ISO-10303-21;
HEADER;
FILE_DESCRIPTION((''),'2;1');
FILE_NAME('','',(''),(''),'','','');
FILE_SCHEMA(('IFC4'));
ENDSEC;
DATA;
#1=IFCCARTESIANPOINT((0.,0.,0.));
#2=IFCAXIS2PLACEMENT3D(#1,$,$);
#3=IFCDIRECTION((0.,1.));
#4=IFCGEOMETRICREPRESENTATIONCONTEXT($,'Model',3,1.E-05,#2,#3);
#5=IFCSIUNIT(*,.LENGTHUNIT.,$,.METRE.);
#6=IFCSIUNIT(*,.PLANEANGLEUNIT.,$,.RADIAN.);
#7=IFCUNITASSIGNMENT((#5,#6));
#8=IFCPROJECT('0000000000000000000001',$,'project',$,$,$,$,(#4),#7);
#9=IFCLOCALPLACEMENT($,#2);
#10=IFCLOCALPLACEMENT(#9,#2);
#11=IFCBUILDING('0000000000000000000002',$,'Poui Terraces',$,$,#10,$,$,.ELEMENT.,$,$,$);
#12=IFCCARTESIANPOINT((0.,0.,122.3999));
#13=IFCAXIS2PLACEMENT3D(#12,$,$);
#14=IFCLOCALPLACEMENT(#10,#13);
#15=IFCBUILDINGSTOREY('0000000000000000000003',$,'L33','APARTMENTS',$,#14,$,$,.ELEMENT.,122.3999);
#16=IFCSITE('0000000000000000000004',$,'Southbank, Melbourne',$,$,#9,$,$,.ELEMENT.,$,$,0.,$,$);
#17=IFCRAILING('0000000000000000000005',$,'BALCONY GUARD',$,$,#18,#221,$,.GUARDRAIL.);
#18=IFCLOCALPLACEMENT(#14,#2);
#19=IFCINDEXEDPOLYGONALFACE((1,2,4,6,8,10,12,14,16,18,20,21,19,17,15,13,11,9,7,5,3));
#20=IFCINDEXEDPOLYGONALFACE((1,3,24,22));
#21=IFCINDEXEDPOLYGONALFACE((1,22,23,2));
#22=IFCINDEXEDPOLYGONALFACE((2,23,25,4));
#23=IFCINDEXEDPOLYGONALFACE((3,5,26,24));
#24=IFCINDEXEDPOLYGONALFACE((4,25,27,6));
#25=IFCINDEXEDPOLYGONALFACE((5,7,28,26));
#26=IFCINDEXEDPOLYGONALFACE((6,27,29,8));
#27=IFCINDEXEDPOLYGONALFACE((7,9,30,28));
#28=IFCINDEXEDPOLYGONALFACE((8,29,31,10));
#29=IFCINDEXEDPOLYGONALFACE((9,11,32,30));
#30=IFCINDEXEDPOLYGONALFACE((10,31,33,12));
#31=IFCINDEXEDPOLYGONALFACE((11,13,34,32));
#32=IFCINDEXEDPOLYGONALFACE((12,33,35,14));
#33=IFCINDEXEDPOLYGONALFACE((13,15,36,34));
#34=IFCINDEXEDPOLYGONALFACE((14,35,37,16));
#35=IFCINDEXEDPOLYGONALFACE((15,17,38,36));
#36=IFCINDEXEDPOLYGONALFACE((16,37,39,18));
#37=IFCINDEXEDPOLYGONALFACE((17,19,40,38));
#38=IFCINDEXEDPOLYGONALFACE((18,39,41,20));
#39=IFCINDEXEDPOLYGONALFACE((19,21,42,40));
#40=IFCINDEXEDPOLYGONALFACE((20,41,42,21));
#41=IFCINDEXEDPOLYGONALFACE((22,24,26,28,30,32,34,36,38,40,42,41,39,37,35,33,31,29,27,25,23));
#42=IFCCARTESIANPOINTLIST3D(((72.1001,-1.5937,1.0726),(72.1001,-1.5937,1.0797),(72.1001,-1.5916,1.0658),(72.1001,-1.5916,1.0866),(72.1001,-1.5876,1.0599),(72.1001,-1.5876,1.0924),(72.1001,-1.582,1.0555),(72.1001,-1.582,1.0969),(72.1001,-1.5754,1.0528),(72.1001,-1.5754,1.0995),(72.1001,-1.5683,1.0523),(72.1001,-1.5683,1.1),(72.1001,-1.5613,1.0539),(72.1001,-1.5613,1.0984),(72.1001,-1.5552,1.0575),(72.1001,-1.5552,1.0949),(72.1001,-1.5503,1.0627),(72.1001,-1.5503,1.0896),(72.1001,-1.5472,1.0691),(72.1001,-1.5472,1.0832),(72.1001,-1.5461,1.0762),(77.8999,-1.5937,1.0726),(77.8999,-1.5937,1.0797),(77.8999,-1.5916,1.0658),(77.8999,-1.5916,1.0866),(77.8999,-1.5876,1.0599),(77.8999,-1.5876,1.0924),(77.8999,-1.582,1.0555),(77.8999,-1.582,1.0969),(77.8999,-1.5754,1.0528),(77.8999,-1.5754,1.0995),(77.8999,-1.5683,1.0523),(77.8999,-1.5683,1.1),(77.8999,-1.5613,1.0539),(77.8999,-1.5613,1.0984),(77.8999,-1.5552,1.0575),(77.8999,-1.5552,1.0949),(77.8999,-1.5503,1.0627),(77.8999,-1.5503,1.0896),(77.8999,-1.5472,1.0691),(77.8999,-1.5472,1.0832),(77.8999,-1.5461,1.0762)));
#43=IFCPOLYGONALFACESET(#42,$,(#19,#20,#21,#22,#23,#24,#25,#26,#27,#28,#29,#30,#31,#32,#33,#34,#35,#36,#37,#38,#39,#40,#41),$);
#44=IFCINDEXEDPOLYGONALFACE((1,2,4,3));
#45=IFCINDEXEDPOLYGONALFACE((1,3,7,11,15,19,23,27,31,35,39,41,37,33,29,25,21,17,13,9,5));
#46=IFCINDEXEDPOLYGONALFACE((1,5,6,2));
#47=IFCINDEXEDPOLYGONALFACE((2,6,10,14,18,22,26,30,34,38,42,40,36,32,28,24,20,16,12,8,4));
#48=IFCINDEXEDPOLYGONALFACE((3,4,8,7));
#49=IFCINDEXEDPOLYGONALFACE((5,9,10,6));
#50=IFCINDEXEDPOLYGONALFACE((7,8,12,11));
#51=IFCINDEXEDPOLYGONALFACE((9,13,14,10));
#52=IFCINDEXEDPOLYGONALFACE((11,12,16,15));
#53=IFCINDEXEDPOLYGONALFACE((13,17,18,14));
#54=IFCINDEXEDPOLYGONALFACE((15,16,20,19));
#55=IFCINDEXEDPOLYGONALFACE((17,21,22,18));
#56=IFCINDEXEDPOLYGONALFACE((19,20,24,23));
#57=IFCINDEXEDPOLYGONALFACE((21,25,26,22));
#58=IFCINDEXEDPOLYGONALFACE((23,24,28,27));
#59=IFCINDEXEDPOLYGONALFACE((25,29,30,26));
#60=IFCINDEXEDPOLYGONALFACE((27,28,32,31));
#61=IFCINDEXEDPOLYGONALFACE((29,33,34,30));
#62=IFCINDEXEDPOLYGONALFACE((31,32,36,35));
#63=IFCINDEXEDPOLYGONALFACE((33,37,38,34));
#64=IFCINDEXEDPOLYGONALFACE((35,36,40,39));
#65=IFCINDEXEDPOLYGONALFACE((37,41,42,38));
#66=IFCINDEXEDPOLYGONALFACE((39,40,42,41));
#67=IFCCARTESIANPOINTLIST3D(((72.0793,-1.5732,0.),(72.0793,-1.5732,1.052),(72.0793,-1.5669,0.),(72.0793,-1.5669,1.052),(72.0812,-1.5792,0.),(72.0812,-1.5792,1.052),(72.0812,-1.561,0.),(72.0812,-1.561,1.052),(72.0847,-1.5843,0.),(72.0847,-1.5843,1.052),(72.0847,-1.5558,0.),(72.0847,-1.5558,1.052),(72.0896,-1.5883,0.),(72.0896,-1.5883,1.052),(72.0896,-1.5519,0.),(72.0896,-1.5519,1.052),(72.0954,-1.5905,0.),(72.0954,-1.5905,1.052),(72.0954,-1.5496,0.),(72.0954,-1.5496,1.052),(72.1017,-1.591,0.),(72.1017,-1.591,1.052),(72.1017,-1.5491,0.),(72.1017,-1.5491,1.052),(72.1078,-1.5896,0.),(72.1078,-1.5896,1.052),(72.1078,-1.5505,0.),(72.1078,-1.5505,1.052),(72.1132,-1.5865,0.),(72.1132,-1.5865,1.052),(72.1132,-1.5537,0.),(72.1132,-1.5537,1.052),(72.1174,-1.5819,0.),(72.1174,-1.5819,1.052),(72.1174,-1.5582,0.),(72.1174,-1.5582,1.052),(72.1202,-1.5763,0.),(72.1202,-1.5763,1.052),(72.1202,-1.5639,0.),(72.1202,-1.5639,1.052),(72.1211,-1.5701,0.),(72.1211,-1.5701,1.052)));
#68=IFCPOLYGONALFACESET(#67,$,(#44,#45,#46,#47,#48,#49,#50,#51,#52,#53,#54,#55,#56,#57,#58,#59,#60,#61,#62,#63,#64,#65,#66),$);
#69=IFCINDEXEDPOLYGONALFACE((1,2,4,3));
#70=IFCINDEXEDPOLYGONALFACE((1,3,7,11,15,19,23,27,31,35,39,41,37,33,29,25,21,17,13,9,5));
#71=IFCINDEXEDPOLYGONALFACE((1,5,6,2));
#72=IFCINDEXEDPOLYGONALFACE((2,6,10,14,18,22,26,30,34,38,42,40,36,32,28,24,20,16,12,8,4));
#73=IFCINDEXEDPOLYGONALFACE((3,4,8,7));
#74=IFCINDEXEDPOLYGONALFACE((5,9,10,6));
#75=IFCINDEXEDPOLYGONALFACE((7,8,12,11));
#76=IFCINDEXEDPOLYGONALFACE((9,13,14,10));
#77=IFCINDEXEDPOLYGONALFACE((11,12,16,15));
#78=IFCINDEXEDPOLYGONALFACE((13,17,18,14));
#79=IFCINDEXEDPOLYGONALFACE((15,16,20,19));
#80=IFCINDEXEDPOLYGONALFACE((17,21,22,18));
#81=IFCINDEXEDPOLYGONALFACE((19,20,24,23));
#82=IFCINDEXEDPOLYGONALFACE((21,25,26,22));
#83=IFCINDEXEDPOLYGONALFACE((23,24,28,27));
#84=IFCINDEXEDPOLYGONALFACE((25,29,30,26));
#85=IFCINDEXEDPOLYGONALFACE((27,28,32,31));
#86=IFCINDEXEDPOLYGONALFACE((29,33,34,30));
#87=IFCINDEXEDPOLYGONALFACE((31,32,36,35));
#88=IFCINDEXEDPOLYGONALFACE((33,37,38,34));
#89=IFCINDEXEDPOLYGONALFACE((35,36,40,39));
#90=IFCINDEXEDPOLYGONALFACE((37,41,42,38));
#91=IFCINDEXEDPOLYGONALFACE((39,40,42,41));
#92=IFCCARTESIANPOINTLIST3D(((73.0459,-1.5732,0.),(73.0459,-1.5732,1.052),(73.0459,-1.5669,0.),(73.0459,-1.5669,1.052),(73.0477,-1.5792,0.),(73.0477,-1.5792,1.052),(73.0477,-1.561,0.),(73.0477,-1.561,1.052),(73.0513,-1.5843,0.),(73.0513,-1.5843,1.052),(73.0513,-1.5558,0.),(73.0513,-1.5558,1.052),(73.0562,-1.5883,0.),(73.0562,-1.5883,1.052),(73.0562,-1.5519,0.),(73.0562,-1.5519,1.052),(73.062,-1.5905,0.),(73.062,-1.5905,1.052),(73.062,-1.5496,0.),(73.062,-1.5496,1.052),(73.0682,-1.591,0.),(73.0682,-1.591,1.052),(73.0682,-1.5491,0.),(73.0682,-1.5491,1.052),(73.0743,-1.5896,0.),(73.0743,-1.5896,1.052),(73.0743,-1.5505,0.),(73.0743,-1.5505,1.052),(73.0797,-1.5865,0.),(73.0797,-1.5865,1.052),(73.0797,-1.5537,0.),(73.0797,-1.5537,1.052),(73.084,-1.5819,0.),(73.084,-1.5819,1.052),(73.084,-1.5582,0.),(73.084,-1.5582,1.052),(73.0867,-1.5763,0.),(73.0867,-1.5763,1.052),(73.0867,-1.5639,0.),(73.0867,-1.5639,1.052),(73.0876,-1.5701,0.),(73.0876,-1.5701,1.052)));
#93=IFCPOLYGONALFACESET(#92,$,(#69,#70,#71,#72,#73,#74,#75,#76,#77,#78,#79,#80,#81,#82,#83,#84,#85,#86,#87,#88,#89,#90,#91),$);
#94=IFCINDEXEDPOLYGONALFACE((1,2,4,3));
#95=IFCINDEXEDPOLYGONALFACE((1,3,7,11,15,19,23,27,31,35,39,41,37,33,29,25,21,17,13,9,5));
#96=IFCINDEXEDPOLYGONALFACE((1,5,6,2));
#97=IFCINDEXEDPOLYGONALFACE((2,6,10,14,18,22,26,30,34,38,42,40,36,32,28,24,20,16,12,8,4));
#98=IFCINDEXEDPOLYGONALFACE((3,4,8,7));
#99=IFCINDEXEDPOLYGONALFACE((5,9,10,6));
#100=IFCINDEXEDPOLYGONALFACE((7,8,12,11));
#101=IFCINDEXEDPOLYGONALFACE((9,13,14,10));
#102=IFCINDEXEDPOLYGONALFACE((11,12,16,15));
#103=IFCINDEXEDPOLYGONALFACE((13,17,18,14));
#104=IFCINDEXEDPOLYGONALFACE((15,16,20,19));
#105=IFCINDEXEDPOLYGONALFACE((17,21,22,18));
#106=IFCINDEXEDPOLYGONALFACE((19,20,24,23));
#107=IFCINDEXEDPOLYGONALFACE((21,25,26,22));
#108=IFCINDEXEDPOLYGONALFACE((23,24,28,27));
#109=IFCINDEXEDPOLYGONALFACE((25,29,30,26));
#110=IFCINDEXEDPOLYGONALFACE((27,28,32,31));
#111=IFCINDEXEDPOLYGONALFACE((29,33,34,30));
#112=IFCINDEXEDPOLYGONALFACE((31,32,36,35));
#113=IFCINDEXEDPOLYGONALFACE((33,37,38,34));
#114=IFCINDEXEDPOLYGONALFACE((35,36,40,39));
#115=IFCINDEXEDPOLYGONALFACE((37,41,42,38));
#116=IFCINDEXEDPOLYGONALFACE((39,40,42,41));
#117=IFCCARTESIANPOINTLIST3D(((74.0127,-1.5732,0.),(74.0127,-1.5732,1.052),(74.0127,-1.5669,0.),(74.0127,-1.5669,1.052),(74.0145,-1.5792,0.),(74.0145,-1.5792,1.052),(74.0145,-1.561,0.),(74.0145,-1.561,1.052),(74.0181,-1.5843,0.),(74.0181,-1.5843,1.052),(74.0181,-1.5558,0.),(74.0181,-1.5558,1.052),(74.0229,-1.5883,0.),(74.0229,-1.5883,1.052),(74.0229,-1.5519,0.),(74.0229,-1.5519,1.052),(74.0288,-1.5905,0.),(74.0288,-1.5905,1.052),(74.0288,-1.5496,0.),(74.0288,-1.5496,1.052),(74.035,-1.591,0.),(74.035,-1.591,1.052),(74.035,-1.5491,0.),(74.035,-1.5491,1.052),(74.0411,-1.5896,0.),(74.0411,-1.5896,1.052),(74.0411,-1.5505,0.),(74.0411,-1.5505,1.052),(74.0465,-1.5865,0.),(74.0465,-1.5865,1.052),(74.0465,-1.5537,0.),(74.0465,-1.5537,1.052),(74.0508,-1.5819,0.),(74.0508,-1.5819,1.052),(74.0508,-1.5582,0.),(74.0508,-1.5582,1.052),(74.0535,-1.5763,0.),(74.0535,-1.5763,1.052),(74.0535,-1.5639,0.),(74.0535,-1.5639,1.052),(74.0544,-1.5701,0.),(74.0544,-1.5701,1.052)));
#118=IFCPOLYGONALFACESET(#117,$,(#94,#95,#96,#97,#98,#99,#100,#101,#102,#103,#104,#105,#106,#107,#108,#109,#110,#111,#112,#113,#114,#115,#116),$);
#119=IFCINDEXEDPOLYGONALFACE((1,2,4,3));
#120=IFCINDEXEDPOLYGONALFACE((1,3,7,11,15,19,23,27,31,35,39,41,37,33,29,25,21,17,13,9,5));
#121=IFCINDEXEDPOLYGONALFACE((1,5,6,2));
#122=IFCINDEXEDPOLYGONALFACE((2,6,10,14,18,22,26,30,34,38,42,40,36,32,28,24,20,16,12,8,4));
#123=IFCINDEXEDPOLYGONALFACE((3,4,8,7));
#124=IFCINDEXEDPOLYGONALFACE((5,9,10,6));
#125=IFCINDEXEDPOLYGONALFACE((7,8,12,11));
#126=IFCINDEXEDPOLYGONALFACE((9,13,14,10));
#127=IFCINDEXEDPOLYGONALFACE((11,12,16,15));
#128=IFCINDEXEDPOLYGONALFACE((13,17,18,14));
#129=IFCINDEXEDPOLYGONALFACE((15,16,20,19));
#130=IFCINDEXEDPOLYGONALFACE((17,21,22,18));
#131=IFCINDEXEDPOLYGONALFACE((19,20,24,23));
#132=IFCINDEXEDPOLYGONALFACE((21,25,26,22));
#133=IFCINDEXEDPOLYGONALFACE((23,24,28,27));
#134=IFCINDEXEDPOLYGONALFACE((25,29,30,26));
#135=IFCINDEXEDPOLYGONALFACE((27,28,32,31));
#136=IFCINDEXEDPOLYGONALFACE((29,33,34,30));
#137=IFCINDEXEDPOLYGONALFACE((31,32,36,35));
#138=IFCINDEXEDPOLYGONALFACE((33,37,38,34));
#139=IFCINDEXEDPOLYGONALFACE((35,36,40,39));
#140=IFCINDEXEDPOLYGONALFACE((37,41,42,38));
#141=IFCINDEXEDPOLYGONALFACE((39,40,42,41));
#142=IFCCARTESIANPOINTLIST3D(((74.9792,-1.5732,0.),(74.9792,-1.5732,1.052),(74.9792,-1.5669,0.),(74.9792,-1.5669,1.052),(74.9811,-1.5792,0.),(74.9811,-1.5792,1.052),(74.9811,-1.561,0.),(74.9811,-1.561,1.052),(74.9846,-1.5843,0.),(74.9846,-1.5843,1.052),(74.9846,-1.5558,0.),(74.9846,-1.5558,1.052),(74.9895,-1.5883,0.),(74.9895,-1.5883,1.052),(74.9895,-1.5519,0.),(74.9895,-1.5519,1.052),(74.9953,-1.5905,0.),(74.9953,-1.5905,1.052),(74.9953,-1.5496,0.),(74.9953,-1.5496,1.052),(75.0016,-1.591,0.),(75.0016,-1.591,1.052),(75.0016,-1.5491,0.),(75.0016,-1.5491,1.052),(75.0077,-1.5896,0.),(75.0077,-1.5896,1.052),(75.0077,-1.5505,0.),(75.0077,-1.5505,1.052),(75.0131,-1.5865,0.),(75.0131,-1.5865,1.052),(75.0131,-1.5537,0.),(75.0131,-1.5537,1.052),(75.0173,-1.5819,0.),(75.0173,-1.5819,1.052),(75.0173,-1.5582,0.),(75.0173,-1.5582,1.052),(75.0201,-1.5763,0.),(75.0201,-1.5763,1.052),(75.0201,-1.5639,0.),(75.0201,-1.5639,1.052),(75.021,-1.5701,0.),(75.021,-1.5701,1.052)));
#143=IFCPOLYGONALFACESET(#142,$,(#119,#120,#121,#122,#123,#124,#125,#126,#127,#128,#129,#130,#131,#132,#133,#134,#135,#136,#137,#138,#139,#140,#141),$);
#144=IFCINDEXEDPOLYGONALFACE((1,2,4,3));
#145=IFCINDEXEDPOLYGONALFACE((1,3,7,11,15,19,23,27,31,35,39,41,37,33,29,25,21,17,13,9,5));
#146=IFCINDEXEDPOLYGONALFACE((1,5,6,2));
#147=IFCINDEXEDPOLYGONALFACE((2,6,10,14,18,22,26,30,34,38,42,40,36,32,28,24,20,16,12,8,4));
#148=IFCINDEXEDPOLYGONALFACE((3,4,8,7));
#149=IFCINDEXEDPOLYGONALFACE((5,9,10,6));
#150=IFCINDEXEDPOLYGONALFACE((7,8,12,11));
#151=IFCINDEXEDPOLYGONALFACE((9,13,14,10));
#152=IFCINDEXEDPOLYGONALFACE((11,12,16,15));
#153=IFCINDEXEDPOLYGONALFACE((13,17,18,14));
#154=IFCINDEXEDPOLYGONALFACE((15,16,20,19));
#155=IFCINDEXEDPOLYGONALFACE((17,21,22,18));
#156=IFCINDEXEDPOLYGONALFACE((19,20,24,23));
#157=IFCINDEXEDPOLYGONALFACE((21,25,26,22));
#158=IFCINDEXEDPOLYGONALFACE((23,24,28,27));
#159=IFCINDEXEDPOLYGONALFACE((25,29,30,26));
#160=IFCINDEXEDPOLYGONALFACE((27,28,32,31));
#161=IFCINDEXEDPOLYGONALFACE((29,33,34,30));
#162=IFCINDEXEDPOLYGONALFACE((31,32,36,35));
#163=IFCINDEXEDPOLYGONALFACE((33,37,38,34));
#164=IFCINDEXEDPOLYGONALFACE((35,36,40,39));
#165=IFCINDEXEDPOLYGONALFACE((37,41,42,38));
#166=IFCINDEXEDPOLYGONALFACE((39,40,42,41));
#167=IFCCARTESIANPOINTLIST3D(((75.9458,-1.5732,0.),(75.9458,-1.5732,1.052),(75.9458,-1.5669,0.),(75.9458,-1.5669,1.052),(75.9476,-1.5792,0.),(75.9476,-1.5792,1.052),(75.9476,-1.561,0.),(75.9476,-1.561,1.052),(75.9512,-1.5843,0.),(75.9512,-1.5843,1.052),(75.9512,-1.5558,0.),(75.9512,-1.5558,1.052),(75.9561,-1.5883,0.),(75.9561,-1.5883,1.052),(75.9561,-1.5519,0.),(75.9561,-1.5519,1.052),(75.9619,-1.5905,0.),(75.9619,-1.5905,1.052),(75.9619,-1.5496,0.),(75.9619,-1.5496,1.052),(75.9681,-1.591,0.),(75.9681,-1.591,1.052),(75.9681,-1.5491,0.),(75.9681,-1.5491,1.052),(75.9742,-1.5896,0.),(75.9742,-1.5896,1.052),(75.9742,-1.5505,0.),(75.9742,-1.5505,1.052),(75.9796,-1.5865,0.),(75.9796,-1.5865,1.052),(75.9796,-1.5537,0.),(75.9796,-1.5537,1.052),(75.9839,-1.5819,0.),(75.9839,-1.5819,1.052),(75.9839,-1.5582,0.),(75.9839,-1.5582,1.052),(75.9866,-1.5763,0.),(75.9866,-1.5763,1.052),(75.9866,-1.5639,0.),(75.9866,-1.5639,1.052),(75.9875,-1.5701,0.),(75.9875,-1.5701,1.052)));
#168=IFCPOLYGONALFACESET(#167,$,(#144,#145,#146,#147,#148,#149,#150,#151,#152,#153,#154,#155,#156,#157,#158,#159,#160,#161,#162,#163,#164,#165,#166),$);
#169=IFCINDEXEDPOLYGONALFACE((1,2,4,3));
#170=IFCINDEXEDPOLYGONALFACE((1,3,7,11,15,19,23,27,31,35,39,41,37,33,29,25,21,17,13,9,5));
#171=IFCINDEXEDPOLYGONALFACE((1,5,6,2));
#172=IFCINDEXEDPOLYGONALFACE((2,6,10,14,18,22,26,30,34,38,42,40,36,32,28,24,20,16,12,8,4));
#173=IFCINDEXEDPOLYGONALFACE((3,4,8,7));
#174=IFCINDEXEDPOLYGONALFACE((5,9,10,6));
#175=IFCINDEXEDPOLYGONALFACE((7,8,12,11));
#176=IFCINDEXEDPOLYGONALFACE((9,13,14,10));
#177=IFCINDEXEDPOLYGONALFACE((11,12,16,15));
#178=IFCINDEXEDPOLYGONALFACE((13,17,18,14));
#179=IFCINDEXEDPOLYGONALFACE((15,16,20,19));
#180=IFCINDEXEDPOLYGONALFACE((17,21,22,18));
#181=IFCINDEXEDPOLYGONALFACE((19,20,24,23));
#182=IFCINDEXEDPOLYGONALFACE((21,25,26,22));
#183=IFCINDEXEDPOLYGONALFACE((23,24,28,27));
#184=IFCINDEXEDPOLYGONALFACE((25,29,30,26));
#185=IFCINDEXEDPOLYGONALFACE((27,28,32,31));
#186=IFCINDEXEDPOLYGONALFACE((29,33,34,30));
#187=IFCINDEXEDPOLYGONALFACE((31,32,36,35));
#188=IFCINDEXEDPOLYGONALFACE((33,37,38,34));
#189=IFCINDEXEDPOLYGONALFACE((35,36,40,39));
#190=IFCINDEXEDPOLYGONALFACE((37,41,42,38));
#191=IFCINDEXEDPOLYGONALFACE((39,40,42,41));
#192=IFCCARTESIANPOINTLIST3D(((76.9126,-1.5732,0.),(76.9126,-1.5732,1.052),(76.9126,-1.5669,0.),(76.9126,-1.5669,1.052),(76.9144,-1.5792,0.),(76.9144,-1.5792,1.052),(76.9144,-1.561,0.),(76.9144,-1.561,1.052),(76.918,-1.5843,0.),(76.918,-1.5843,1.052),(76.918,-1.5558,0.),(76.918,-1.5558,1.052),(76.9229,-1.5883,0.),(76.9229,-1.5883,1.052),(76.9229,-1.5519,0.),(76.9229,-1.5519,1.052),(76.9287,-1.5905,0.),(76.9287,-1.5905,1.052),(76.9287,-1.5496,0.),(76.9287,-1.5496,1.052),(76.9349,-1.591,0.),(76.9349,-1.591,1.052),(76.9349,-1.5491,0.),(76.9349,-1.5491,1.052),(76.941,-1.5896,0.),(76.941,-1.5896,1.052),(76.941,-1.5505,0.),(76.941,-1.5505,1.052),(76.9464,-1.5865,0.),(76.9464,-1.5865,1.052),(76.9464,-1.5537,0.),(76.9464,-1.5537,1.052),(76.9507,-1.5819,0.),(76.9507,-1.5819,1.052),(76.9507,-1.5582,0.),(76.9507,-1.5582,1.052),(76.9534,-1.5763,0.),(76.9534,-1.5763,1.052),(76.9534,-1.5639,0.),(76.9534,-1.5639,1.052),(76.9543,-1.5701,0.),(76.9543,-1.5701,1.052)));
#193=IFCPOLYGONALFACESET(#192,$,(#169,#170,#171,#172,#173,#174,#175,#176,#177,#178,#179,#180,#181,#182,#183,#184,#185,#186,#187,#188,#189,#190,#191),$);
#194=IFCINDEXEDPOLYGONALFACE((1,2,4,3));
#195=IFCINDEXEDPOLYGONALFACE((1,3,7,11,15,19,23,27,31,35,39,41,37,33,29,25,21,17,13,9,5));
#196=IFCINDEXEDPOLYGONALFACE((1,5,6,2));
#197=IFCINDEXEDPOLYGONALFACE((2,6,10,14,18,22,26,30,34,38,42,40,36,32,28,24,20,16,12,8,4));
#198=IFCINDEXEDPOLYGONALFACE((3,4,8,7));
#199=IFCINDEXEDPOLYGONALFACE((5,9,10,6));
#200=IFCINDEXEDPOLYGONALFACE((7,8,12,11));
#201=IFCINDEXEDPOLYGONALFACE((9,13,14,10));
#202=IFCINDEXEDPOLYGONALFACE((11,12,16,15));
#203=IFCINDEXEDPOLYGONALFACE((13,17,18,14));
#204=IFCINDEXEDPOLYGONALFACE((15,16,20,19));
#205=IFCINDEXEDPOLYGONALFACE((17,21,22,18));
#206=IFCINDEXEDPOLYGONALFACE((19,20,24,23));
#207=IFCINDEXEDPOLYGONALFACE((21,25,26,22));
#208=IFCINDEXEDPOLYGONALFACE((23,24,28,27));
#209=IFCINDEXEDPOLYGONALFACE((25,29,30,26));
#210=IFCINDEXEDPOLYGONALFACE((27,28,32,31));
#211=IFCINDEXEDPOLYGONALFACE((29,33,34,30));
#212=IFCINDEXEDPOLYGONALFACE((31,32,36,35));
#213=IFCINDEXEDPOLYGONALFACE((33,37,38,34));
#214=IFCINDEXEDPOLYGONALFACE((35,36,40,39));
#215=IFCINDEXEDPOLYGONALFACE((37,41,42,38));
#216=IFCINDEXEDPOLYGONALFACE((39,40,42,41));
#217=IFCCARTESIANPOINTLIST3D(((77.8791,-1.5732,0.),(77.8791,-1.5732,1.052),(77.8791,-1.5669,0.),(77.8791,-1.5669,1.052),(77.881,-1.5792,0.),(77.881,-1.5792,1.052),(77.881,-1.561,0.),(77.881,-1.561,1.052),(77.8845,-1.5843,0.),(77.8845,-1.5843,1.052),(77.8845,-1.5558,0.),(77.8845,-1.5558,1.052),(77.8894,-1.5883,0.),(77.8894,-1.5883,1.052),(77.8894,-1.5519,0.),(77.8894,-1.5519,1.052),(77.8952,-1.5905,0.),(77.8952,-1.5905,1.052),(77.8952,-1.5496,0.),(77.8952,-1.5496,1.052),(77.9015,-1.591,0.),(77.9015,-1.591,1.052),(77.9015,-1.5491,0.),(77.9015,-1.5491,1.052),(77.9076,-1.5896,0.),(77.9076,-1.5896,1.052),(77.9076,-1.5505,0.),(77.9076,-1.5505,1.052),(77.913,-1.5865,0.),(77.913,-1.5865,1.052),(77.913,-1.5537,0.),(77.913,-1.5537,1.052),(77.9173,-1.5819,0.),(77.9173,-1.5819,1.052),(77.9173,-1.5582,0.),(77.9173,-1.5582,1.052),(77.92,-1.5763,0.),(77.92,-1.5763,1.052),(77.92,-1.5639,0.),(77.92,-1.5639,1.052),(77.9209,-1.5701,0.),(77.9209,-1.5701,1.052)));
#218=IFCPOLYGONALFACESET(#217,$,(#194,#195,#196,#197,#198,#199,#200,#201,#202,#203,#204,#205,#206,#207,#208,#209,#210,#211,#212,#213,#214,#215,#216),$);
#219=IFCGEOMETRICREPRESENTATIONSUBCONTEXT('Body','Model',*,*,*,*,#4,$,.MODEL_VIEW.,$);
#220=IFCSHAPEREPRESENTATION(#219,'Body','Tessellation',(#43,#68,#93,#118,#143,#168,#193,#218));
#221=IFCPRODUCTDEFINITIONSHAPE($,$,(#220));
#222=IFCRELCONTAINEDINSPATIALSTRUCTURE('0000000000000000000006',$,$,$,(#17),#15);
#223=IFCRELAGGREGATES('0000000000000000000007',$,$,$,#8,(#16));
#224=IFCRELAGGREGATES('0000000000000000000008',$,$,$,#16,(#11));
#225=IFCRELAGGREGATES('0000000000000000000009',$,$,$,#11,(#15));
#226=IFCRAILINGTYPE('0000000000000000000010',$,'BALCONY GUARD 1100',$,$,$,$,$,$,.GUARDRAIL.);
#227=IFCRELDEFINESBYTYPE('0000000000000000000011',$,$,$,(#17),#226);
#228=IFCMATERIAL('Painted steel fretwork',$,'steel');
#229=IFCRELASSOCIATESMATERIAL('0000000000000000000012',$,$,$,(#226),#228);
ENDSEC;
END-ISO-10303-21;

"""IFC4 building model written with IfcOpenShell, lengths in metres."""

from ifc_helpers import new_model, si_unit, direction, frame, origin, origin_2d, place, context, subcontext, project, spatial, circle, extrude, material, type_object, element, save


model = new_model("IFC4")

# Units and contexts
model_context = context("Model", 3, precision=1e-05, world=origin(), true_north=direction((0.0, 1.0)))
body_context = subcontext(model_context, "Body", "Model", "MODEL_VIEW")
ifc_project = project(units=[si_unit("LENGTHUNIT", "METRE"), si_unit("PLANEANGLEUNIT", "RADIAN")], contexts=[model_context])

# Site, building, storey
site_placement = place(None, origin())
site = spatial("IfcSite", under=ifc_project, at=site_placement, Name="Southbank, Melbourne", CompositionType="ELEMENT", RefElevation=0.0)
building_placement = place(site_placement, origin())
building = spatial("IfcBuilding", under=site, at=building_placement, Name="Poui Terraces", CompositionType="ELEMENT")
storey_placement = place(building_placement, frame((0.0, 0.0, 122.3999)))
storey = spatial("IfcBuildingStorey", under=building, at=storey_placement, Name="L33", Description="APARTMENTS", CompositionType="ELEMENT", Elevation=122.3999)

# Railing
ifc_material_1 = material(Name="Painted steel fretwork", Category="steel")
railing_type = type_object("IfcRailingType", Name="BALCONY GUARD 1100", PredefinedType="GUARDRAIL", material=ifc_material_1)
railing_placement = place(storey_placement, frame((72.1001, -1.5701, 0.0)))
element("IfcRailing", 1, at=railing_placement, inside=storey, type_object=railing_type, Name="BALCONY GUARD", PredefinedType="GUARDRAIL", context=body_context, shape_type="SweptSolid", body=[
    extrude(circle(Radius=0.0239, at=origin_2d()), frame((0.0, 0.0, 1.0762), z_axis=(1.0, 0.0, 0.0), x_axis=(0.0, 1.0, 0.0)), (0.0, 0.0, 1.0), 5.7998),
    extrude(circle(Radius=0.021, at=origin_2d()), origin(), (0.0, 0.0, 1.0), 1.052),
    extrude(circle(Radius=0.021, at=origin_2d()), frame((0.9666, 0.0, 0.0)), (0.0, 0.0, 1.0), 1.052),
    extrude(circle(Radius=0.021, at=origin_2d()), frame((1.9333, 0.0, 0.0)), (0.0, 0.0, 1.0), 1.052),
    extrude(circle(Radius=0.021, at=origin_2d()), frame((2.8999, 0.0, 0.0)), (0.0, 0.0, 1.0), 1.052),
    extrude(circle(Radius=0.021, at=origin_2d()), frame((3.8665, 0.0, 0.0)), (0.0, 0.0, 1.0), 1.052),
    extrude(circle(Radius=0.021, at=origin_2d()), frame((4.8333, 0.0, 0.0)), (0.0, 0.0, 1.0), 1.052),
    extrude(circle(Radius=0.021, at=origin_2d()), frame((5.7998, 0.0, 0.0)), (0.0, 0.0, 1.0), 1.052),
])

save(model, "model.ifc")
